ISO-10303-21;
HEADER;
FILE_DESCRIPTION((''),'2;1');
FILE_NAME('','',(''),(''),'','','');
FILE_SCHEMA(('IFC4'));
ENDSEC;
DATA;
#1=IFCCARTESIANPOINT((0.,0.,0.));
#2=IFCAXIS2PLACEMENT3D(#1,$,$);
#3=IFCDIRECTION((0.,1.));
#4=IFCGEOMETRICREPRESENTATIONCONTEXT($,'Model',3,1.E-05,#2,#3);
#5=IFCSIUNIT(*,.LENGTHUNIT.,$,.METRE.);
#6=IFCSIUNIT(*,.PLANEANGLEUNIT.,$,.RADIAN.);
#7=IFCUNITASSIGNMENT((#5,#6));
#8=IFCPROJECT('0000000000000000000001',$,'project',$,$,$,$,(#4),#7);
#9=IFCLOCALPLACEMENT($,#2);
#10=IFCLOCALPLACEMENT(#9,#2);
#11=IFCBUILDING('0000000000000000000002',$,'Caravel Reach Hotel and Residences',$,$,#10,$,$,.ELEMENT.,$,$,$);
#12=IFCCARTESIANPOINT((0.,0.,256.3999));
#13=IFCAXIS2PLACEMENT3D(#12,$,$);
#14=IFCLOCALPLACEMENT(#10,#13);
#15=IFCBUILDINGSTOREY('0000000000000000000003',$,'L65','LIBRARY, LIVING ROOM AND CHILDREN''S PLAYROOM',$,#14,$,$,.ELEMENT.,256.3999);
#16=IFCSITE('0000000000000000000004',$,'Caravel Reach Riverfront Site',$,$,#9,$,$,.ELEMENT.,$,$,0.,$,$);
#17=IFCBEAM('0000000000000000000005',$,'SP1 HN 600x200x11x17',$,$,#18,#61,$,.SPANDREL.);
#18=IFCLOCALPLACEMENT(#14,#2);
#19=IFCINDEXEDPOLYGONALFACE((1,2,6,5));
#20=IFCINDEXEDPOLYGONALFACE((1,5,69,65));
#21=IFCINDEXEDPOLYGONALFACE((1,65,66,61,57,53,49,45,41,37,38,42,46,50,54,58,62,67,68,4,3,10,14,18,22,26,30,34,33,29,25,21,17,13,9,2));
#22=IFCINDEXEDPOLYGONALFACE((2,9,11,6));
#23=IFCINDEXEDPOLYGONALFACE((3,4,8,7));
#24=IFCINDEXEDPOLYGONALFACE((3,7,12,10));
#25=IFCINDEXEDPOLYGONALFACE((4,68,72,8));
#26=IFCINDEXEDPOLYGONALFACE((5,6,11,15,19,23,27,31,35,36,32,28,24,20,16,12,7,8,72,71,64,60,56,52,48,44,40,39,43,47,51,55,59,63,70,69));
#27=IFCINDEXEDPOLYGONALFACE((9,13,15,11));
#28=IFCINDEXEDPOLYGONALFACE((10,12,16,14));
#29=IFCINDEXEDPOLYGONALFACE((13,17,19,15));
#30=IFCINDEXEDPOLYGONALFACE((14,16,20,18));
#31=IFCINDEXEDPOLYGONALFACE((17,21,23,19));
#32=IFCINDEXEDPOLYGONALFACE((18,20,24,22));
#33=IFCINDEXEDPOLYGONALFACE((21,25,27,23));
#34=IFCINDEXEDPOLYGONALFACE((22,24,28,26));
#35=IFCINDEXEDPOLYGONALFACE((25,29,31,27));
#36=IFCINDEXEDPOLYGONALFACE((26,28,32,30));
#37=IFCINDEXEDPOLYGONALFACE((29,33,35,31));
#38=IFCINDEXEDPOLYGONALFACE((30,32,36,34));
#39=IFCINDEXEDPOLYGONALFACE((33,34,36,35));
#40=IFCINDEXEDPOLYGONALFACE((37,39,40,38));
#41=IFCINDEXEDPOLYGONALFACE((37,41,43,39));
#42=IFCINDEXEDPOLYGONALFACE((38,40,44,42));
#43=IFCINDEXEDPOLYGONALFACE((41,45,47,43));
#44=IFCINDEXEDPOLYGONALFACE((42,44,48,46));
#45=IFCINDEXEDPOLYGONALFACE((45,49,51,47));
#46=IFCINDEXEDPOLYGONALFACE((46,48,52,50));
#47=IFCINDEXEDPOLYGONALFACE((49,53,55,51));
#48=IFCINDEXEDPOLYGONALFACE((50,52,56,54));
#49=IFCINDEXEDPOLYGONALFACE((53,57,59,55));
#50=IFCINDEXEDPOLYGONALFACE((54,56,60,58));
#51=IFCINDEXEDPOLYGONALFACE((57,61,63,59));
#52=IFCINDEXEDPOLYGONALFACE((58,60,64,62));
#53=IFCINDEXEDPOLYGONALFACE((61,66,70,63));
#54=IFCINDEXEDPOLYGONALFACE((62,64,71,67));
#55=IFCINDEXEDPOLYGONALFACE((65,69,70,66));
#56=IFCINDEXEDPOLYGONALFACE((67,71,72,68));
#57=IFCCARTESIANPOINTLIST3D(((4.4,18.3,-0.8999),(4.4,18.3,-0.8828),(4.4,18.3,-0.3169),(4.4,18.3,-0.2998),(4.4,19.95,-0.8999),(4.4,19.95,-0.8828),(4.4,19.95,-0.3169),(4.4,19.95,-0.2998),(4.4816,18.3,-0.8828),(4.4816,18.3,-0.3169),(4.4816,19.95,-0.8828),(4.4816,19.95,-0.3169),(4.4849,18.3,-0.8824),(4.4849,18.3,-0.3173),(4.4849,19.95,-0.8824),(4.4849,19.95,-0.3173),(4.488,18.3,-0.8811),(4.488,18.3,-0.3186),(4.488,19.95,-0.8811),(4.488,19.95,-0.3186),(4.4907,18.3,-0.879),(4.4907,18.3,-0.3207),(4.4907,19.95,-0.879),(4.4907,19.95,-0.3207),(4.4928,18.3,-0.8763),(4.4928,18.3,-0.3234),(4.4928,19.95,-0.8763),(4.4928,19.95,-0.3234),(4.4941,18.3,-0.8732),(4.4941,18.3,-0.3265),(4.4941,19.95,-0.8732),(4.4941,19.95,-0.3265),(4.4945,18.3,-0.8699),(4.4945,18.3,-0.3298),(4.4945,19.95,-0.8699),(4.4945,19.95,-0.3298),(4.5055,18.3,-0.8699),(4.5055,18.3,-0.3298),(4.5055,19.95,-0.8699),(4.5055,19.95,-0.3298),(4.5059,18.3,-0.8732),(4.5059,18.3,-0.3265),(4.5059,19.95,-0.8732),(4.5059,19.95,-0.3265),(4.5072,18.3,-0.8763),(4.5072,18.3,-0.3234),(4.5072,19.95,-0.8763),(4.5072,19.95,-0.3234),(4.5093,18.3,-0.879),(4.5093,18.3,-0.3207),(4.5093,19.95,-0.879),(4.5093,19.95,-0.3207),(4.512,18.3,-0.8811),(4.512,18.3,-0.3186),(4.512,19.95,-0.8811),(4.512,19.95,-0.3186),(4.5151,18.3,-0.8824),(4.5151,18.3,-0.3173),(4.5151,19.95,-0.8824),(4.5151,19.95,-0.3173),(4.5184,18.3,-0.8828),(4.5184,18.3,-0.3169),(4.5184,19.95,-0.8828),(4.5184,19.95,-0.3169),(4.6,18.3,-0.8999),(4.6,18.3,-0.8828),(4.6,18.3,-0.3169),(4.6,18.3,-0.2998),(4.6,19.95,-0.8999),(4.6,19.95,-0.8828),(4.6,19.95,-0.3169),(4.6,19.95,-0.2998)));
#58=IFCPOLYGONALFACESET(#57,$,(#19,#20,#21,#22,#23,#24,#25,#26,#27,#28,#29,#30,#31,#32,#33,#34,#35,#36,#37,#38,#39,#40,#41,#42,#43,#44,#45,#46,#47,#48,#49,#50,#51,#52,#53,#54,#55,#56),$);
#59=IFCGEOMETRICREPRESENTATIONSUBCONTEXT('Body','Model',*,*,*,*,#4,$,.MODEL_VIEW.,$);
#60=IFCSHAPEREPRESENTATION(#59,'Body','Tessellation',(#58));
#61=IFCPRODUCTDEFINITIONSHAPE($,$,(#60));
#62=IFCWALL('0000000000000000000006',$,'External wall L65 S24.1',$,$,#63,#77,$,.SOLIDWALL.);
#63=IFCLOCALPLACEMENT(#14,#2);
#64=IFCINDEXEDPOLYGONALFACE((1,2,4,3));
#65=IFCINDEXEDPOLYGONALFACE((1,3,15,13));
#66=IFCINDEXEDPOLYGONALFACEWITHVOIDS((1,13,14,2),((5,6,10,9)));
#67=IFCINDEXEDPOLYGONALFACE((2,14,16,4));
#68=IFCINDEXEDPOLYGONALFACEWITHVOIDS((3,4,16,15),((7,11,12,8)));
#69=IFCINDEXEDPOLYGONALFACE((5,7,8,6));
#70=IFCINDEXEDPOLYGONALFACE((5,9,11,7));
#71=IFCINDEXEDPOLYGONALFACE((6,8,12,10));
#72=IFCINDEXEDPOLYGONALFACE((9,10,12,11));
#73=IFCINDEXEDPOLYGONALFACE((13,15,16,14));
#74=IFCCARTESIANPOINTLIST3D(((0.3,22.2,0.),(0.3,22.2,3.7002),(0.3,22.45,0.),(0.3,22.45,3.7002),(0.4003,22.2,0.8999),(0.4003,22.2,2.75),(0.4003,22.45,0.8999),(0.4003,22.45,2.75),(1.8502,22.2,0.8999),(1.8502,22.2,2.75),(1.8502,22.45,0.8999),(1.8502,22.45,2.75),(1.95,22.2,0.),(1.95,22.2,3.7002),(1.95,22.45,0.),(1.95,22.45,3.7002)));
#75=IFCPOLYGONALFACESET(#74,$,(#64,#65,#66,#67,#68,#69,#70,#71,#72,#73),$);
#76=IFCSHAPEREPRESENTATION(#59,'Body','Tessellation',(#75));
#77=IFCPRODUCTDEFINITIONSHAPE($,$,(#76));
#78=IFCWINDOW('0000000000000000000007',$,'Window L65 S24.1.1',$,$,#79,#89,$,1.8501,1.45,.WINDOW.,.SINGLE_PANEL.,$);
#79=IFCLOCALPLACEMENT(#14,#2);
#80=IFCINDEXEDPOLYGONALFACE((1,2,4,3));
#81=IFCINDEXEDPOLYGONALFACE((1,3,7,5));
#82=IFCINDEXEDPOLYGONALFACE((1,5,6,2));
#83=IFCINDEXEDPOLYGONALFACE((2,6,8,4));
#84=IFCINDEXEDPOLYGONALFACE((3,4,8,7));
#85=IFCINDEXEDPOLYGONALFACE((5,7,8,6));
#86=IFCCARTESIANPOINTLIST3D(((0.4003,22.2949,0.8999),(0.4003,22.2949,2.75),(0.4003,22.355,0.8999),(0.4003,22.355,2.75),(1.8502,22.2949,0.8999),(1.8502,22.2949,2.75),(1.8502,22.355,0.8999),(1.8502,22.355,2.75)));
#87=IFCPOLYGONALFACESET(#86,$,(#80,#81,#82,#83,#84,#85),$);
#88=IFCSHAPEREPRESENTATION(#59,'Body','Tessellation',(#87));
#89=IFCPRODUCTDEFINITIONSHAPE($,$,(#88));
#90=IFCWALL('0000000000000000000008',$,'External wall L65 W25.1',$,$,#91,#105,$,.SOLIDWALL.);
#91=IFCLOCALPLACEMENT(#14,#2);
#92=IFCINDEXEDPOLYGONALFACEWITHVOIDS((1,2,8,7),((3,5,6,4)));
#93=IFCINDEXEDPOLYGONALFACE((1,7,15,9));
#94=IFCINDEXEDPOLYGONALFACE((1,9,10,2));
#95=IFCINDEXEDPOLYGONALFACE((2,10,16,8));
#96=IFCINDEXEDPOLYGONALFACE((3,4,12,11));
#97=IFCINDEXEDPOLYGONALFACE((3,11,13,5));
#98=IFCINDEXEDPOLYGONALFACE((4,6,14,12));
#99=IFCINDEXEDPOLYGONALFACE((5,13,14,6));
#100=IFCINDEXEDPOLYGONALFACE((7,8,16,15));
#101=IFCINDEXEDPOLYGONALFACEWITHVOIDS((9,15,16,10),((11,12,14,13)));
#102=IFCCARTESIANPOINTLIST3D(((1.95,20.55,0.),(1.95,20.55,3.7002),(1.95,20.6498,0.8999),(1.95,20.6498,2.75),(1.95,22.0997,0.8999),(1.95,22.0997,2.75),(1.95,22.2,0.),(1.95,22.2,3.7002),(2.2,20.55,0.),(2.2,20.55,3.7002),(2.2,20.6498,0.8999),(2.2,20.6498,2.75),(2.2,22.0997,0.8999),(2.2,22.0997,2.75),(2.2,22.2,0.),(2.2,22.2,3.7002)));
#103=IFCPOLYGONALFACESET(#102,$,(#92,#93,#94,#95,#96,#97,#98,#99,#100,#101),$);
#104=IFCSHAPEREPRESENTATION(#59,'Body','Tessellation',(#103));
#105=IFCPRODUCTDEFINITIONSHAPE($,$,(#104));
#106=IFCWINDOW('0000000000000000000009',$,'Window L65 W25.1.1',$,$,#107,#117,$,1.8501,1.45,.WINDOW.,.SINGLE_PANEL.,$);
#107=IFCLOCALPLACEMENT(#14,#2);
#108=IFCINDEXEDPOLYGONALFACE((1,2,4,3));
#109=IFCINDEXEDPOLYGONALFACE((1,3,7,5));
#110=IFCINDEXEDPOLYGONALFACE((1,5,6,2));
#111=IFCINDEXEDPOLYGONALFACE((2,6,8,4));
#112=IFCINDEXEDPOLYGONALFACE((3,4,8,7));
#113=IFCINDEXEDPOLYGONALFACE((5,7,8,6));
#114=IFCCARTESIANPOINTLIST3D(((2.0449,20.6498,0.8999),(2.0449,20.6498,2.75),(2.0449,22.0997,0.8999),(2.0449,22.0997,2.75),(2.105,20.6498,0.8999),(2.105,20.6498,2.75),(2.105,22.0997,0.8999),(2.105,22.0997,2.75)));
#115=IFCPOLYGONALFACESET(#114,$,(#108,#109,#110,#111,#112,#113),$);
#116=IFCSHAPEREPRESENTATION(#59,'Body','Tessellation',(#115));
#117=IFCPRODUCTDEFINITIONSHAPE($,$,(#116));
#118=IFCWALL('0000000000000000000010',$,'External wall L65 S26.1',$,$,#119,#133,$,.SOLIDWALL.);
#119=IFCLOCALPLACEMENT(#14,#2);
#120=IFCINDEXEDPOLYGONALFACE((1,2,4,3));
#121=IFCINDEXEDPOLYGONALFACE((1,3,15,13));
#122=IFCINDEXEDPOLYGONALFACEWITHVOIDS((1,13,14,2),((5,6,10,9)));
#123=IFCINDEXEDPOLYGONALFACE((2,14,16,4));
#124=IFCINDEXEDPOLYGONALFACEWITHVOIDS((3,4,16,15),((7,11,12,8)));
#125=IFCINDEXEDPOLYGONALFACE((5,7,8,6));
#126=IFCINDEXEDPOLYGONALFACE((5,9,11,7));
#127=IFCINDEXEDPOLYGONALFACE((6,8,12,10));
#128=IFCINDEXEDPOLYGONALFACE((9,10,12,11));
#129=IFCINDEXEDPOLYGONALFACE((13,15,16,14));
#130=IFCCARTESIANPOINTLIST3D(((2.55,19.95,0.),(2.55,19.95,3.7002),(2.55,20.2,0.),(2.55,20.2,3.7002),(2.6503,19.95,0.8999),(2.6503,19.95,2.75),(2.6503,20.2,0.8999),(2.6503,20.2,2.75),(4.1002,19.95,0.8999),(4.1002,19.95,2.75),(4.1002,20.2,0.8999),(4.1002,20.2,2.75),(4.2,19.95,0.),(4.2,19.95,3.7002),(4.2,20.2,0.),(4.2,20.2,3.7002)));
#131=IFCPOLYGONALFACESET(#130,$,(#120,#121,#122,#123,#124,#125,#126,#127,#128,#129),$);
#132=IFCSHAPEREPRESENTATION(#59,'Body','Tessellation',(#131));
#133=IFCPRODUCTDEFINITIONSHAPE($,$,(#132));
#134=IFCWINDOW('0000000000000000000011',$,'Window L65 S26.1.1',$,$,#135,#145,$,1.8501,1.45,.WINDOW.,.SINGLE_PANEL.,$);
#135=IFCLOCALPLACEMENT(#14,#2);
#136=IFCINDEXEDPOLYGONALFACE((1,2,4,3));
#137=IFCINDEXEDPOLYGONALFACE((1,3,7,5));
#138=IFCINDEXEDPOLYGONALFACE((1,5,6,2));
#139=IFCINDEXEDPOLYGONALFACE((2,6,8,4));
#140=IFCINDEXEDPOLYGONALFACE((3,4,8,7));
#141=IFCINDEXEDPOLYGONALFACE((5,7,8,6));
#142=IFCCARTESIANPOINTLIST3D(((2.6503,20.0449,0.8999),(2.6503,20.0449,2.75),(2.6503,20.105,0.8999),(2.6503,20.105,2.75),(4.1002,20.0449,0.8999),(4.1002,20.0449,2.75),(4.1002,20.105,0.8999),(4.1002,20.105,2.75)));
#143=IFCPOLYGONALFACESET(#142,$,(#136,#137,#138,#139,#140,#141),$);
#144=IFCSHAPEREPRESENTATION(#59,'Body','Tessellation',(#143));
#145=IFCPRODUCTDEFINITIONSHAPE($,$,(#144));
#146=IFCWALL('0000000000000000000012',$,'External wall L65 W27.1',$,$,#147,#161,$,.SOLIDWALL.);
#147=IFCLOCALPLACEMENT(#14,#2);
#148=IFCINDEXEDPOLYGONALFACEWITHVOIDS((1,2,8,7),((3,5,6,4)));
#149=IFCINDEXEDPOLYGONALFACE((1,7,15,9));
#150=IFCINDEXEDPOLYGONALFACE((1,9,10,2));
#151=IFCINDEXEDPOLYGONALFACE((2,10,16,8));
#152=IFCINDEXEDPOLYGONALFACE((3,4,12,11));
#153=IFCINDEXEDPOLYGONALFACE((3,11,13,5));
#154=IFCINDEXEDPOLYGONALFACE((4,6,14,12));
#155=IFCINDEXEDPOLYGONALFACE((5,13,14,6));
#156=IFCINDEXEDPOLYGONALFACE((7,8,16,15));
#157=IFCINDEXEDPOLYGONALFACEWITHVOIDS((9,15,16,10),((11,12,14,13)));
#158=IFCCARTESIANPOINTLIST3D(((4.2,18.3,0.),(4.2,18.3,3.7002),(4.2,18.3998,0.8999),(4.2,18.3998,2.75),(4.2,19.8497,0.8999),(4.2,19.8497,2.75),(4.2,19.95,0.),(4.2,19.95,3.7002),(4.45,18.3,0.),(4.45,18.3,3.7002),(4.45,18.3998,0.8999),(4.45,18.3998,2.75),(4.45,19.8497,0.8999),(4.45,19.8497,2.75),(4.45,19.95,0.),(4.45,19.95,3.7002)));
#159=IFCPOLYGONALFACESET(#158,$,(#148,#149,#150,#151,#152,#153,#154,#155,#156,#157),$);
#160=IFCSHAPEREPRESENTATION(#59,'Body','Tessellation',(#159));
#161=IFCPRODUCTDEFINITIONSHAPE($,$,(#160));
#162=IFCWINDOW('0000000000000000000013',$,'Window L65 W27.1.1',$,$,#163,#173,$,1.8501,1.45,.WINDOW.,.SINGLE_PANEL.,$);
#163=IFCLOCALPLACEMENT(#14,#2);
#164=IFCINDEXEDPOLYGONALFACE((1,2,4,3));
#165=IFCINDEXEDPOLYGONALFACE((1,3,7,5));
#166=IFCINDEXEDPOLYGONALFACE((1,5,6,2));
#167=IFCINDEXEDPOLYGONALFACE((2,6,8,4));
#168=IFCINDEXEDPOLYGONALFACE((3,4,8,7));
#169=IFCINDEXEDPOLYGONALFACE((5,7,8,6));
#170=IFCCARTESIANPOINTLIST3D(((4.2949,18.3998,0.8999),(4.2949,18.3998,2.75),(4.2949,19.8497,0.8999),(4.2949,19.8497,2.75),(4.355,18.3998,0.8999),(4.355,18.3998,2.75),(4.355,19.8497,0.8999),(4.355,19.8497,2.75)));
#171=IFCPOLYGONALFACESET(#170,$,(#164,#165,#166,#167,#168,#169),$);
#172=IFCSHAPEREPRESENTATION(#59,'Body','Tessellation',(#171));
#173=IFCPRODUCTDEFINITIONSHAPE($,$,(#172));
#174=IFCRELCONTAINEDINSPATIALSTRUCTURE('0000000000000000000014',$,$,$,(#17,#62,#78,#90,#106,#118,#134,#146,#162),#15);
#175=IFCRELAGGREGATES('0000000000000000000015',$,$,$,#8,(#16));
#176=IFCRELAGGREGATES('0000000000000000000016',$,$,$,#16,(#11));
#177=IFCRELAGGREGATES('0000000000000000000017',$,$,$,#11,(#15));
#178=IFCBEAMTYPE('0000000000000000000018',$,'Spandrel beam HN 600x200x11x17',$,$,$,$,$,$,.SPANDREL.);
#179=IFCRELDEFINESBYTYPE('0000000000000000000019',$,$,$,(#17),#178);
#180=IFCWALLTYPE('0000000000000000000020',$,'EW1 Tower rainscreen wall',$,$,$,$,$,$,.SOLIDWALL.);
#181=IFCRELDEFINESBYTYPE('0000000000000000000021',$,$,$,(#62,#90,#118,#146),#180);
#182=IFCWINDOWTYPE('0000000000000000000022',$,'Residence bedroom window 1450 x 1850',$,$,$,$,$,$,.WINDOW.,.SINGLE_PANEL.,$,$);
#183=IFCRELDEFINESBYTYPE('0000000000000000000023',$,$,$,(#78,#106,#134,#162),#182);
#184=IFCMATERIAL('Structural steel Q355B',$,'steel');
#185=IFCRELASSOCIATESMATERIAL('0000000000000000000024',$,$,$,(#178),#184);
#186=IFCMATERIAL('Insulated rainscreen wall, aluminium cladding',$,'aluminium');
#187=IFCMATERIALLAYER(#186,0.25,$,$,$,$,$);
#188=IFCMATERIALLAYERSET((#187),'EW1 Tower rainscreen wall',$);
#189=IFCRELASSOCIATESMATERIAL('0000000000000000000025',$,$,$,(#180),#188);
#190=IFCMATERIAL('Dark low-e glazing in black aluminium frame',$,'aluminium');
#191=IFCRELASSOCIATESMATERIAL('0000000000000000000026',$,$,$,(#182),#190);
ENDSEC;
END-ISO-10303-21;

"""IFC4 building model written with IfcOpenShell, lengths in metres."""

from ifc_helpers import new_model, si_unit, direction, frame, frame_2d, origin, origin_2d, place, context, subcontext, project, spatial, rectangle, i_section, extrude, material, layer, layer_set, material_profile, profile_set, type_object, element, fill, save


model = new_model("IFC4")

# Units and contexts
model_context = context("Model", 3, precision=1e-05, world=origin(), true_north=direction((0.0, 1.0)))
body_context = subcontext(model_context, "Body", "Model", "MODEL_VIEW")
ifc_project = project(units=[si_unit("LENGTHUNIT", "METRE"), si_unit("PLANEANGLEUNIT", "RADIAN")], contexts=[model_context])

# Site, building, storey
site_placement = place(None, origin())
site = spatial("IfcSite", under=ifc_project, at=site_placement, Name="Caravel Reach Riverfront Site", CompositionType="ELEMENT", RefElevation=0.0)
building_placement = place(site_placement, origin())
building = spatial("IfcBuilding", under=site, at=building_placement, Name="Caravel Reach Hotel and Residences", CompositionType="ELEMENT")
storey_placement = place(building_placement, frame((0.0, 0.0, 256.3999)))
storey = spatial("IfcBuildingStorey", under=building, at=storey_placement, Name="L65", Description="LIBRARY, LIVING ROOM AND CHILDREN'S PLAYROOM", CompositionType="ELEMENT", Elevation=256.3999)

# Beam
ifc_material_1 = material(Name="Structural steel Q355B", Category="steel")
ifc_material_profile_1 = material_profile(ifc_material_1, i_section(OverallWidth=0.2, OverallDepth=0.6001, WebThickness=0.011, FlangeThickness=0.0171, FilletRadius=0.0129, at=origin_2d()), Name="HN 600x200x11x17")
ifc_profile_set_1 = profile_set([ifc_material_profile_1], Name="Structural steel Q355B")
beam_type = type_object("IfcBeamType", Name="Spandrel beam HN 600x200x11x17", PredefinedType="SPANDREL", material=ifc_profile_set_1)
for number, where, z_axis, x_axis, name in (
    (1, (4.5, 19.95, -0.5999), (0.0, -1.0, 0.0), (1.0, 0.0, 0.0), "SP1 HN 600x200x11x17"),
):
    element("IfcBeam", number, at=place(storey_placement, frame(where, z_axis=z_axis, x_axis=x_axis)), inside=storey, type_object=beam_type, Name=name, PredefinedType="SPANDREL", context=body_context, shape_type="SweptSolid", body=[
        extrude(i_section(OverallWidth=0.2, OverallDepth=0.6001, WebThickness=0.011, FlangeThickness=0.0171, FilletRadius=0.0129, at=origin_2d()), origin(), (0.0, 0.0, 1.0), 1.6499),
    ])

# Walls, openings, windows
ifc_material_2 = material(Name="Insulated rainscreen wall, aluminium cladding", Category="aluminium")
ifc_layer_1 = layer(ifc_material_2, 0.25)
ifc_layer_set_1 = layer_set([ifc_layer_1], Name="EW1 Tower rainscreen wall")
wall_type_1 = type_object("IfcWallType", Name="EW1 Tower rainscreen wall", PredefinedType="SOLIDWALL", material=ifc_layer_set_1)
wall_1_placement = place(storey_placement, frame((0.3, 22.325, 0.0), z_axis=(0.0, 0.0, 1.0), x_axis=(1.0, 0.0, 0.0)))
wall_1 = element("IfcWall", 2, at=wall_1_placement, inside=storey, type_object=wall_type_1, Name="External wall L65 S24.1", PredefinedType="SOLIDWALL", context=body_context, shape_type="SweptSolid", body=[
    extrude(rectangle(XDim=1.6499, YDim=0.25, at=frame_2d((0.825, 0.0))), origin(), (0.0, 0.0, 1.0), 3.7002),
])
opening_1_placement = place(wall_1_placement, frame((0.1001, 0.0, 0.8999)))
opening_1 = element("IfcOpeningElement", 3, at=opening_1_placement, cuts=wall_1, PredefinedType="OPENING", context=body_context, shape_type="SweptSolid", body=[
    extrude(rectangle(XDim=1.45, YDim=1.8501, at=frame_2d((0.7251, 0.925))), frame((0.0, 0.135, 0.0), z_axis=(0.0, -1.0, 0.0), x_axis=(1.0, 0.0, 0.0)), (0.0, 0.0, 1.0), 0.27),
])
ifc_material_3 = material(Name="Dark low-e glazing in black aluminium frame", Category="aluminium")
window_type = type_object("IfcWindowType", Name="Residence bedroom window 1450 x 1850", PartitioningType="SINGLE_PANEL", PredefinedType="WINDOW", material=ifc_material_3)
window_1_placement = place(opening_1_placement, origin())
window_1 = element("IfcWindow", 4, at=window_1_placement, inside=storey, type_object=window_type, Name="Window L65 S24.1.1", OverallHeight=1.8501, OverallWidth=1.45, PartitioningType="SINGLE_PANEL", PredefinedType="WINDOW", context=body_context, shape_type="SweptSolid", body=[
    extrude(rectangle(XDim=1.45, YDim=1.8501, at=frame_2d((0.7251, 0.925))), frame((0.0, 0.03, 0.0), z_axis=(0.0, -1.0, 0.0), x_axis=(1.0, 0.0, 0.0)), (0.0, 0.0, 1.0), 0.0601),
])
fill(opening_1, window_1)
wall_2_placement = place(storey_placement, frame((2.075, 22.2, 0.0), z_axis=(0.0, 0.0, 1.0), x_axis=(0.0, -1.0, 0.0)))
wall_2 = element("IfcWall", 5, at=wall_2_placement, inside=storey, type_object=wall_type_1, Name="External wall L65 W25.1", PredefinedType="SOLIDWALL", context=body_context, shape_type="SweptSolid", body=[
    extrude(rectangle(XDim=1.6499, YDim=0.25, at=frame_2d((0.825, 0.0))), origin(), (0.0, 0.0, 1.0), 3.7002),
])
opening_2_placement = place(wall_2_placement, frame((0.1001, 0.0, 0.8999)))
opening_2 = element("IfcOpeningElement", 6, at=opening_2_placement, cuts=wall_2, PredefinedType="OPENING", context=body_context, shape_type="SweptSolid", body=[
    extrude(rectangle(XDim=1.45, YDim=1.8501, at=frame_2d((0.7251, 0.925))), frame((0.0, 0.135, 0.0), z_axis=(0.0, -1.0, 0.0), x_axis=(1.0, 0.0, 0.0)), (0.0, 0.0, 1.0), 0.27),
])
window_2_placement = place(opening_2_placement, origin())
window_2 = element("IfcWindow", 7, at=window_2_placement, inside=storey, type_object=window_type, Name="Window L65 W25.1.1", OverallHeight=1.8501, OverallWidth=1.45, PartitioningType="SINGLE_PANEL", PredefinedType="WINDOW", context=body_context, shape_type="SweptSolid", body=[
    extrude(rectangle(XDim=1.45, YDim=1.8501, at=frame_2d((0.7251, 0.925))), frame((0.0, 0.03, 0.0), z_axis=(0.0, -1.0, 0.0), x_axis=(1.0, 0.0, 0.0)), (0.0, 0.0, 1.0), 0.0601),
])
fill(opening_2, window_2)
wall_3_placement = place(storey_placement, frame((2.55, 20.075, 0.0), z_axis=(0.0, 0.0, 1.0), x_axis=(1.0, 0.0, 0.0)))
wall_3 = element("IfcWall", 8, at=wall_3_placement, inside=storey, type_object=wall_type_1, Name="External wall L65 S26.1", PredefinedType="SOLIDWALL", context=body_context, shape_type="SweptSolid", body=[
    extrude(rectangle(XDim=1.6499, YDim=0.25, at=frame_2d((0.825, 0.0))), origin(), (0.0, 0.0, 1.0), 3.7002),
])
opening_3_placement = place(wall_3_placement, frame((0.1001, 0.0, 0.8999)))
opening_3 = element("IfcOpeningElement", 9, at=opening_3_placement, cuts=wall_3, PredefinedType="OPENING", context=body_context, shape_type="SweptSolid", body=[
    extrude(rectangle(XDim=1.45, YDim=1.8501, at=frame_2d((0.7251, 0.925))), frame((0.0, 0.135, 0.0), z_axis=(0.0, -1.0, 0.0), x_axis=(1.0, 0.0, 0.0)), (0.0, 0.0, 1.0), 0.27),
])
window_3_placement = place(opening_3_placement, origin())
window_3 = element("IfcWindow", 10, at=window_3_placement, inside=storey, type_object=window_type, Name="Window L65 S26.1.1", OverallHeight=1.8501, OverallWidth=1.45, PartitioningType="SINGLE_PANEL", PredefinedType="WINDOW", context=body_context, shape_type="SweptSolid", body=[
    extrude(rectangle(XDim=1.45, YDim=1.8501, at=frame_2d((0.7251, 0.925))), frame((0.0, 0.03, 0.0), z_axis=(0.0, -1.0, 0.0), x_axis=(1.0, 0.0, 0.0)), (0.0, 0.0, 1.0), 0.0601),
])
fill(opening_3, window_3)
wall_4_placement = place(storey_placement, frame((4.325, 19.95, 0.0), z_axis=(0.0, 0.0, 1.0), x_axis=(0.0, -1.0, 0.0)))
wall_4 = element("IfcWall", 11, at=wall_4_placement, inside=storey, type_object=wall_type_1, Name="External wall L65 W27.1", PredefinedType="SOLIDWALL", context=body_context, shape_type="SweptSolid", body=[
    extrude(rectangle(XDim=1.6499, YDim=0.25, at=frame_2d((0.825, 0.0))), origin(), (0.0, 0.0, 1.0), 3.7002),
])
opening_4_placement = place(wall_4_placement, frame((0.1001, 0.0, 0.8999)))
opening_4 = element("IfcOpeningElement", 12, at=opening_4_placement, cuts=wall_4, PredefinedType="OPENING", context=body_context, shape_type="SweptSolid", body=[
    extrude(rectangle(XDim=1.45, YDim=1.8501, at=frame_2d((0.7251, 0.925))), frame((0.0, 0.135, 0.0), z_axis=(0.0, -1.0, 0.0), x_axis=(1.0, 0.0, 0.0)), (0.0, 0.0, 1.0), 0.27),
])
window_4_placement = place(opening_4_placement, origin())
window_4 = element("IfcWindow", 13, at=window_4_placement, inside=storey, type_object=window_type, Name="Window L65 W27.1.1", OverallHeight=1.8501, OverallWidth=1.45, PartitioningType="SINGLE_PANEL", PredefinedType="WINDOW", context=body_context, shape_type="SweptSolid", body=[
    extrude(rectangle(XDim=1.45, YDim=1.8501, at=frame_2d((0.7251, 0.925))), frame((0.0, 0.03, 0.0), z_axis=(0.0, -1.0, 0.0), x_axis=(1.0, 0.0, 0.0)), (0.0, 0.0, 1.0), 0.0601),
])
fill(opening_4, window_4)

save(model, "model.ifc")
